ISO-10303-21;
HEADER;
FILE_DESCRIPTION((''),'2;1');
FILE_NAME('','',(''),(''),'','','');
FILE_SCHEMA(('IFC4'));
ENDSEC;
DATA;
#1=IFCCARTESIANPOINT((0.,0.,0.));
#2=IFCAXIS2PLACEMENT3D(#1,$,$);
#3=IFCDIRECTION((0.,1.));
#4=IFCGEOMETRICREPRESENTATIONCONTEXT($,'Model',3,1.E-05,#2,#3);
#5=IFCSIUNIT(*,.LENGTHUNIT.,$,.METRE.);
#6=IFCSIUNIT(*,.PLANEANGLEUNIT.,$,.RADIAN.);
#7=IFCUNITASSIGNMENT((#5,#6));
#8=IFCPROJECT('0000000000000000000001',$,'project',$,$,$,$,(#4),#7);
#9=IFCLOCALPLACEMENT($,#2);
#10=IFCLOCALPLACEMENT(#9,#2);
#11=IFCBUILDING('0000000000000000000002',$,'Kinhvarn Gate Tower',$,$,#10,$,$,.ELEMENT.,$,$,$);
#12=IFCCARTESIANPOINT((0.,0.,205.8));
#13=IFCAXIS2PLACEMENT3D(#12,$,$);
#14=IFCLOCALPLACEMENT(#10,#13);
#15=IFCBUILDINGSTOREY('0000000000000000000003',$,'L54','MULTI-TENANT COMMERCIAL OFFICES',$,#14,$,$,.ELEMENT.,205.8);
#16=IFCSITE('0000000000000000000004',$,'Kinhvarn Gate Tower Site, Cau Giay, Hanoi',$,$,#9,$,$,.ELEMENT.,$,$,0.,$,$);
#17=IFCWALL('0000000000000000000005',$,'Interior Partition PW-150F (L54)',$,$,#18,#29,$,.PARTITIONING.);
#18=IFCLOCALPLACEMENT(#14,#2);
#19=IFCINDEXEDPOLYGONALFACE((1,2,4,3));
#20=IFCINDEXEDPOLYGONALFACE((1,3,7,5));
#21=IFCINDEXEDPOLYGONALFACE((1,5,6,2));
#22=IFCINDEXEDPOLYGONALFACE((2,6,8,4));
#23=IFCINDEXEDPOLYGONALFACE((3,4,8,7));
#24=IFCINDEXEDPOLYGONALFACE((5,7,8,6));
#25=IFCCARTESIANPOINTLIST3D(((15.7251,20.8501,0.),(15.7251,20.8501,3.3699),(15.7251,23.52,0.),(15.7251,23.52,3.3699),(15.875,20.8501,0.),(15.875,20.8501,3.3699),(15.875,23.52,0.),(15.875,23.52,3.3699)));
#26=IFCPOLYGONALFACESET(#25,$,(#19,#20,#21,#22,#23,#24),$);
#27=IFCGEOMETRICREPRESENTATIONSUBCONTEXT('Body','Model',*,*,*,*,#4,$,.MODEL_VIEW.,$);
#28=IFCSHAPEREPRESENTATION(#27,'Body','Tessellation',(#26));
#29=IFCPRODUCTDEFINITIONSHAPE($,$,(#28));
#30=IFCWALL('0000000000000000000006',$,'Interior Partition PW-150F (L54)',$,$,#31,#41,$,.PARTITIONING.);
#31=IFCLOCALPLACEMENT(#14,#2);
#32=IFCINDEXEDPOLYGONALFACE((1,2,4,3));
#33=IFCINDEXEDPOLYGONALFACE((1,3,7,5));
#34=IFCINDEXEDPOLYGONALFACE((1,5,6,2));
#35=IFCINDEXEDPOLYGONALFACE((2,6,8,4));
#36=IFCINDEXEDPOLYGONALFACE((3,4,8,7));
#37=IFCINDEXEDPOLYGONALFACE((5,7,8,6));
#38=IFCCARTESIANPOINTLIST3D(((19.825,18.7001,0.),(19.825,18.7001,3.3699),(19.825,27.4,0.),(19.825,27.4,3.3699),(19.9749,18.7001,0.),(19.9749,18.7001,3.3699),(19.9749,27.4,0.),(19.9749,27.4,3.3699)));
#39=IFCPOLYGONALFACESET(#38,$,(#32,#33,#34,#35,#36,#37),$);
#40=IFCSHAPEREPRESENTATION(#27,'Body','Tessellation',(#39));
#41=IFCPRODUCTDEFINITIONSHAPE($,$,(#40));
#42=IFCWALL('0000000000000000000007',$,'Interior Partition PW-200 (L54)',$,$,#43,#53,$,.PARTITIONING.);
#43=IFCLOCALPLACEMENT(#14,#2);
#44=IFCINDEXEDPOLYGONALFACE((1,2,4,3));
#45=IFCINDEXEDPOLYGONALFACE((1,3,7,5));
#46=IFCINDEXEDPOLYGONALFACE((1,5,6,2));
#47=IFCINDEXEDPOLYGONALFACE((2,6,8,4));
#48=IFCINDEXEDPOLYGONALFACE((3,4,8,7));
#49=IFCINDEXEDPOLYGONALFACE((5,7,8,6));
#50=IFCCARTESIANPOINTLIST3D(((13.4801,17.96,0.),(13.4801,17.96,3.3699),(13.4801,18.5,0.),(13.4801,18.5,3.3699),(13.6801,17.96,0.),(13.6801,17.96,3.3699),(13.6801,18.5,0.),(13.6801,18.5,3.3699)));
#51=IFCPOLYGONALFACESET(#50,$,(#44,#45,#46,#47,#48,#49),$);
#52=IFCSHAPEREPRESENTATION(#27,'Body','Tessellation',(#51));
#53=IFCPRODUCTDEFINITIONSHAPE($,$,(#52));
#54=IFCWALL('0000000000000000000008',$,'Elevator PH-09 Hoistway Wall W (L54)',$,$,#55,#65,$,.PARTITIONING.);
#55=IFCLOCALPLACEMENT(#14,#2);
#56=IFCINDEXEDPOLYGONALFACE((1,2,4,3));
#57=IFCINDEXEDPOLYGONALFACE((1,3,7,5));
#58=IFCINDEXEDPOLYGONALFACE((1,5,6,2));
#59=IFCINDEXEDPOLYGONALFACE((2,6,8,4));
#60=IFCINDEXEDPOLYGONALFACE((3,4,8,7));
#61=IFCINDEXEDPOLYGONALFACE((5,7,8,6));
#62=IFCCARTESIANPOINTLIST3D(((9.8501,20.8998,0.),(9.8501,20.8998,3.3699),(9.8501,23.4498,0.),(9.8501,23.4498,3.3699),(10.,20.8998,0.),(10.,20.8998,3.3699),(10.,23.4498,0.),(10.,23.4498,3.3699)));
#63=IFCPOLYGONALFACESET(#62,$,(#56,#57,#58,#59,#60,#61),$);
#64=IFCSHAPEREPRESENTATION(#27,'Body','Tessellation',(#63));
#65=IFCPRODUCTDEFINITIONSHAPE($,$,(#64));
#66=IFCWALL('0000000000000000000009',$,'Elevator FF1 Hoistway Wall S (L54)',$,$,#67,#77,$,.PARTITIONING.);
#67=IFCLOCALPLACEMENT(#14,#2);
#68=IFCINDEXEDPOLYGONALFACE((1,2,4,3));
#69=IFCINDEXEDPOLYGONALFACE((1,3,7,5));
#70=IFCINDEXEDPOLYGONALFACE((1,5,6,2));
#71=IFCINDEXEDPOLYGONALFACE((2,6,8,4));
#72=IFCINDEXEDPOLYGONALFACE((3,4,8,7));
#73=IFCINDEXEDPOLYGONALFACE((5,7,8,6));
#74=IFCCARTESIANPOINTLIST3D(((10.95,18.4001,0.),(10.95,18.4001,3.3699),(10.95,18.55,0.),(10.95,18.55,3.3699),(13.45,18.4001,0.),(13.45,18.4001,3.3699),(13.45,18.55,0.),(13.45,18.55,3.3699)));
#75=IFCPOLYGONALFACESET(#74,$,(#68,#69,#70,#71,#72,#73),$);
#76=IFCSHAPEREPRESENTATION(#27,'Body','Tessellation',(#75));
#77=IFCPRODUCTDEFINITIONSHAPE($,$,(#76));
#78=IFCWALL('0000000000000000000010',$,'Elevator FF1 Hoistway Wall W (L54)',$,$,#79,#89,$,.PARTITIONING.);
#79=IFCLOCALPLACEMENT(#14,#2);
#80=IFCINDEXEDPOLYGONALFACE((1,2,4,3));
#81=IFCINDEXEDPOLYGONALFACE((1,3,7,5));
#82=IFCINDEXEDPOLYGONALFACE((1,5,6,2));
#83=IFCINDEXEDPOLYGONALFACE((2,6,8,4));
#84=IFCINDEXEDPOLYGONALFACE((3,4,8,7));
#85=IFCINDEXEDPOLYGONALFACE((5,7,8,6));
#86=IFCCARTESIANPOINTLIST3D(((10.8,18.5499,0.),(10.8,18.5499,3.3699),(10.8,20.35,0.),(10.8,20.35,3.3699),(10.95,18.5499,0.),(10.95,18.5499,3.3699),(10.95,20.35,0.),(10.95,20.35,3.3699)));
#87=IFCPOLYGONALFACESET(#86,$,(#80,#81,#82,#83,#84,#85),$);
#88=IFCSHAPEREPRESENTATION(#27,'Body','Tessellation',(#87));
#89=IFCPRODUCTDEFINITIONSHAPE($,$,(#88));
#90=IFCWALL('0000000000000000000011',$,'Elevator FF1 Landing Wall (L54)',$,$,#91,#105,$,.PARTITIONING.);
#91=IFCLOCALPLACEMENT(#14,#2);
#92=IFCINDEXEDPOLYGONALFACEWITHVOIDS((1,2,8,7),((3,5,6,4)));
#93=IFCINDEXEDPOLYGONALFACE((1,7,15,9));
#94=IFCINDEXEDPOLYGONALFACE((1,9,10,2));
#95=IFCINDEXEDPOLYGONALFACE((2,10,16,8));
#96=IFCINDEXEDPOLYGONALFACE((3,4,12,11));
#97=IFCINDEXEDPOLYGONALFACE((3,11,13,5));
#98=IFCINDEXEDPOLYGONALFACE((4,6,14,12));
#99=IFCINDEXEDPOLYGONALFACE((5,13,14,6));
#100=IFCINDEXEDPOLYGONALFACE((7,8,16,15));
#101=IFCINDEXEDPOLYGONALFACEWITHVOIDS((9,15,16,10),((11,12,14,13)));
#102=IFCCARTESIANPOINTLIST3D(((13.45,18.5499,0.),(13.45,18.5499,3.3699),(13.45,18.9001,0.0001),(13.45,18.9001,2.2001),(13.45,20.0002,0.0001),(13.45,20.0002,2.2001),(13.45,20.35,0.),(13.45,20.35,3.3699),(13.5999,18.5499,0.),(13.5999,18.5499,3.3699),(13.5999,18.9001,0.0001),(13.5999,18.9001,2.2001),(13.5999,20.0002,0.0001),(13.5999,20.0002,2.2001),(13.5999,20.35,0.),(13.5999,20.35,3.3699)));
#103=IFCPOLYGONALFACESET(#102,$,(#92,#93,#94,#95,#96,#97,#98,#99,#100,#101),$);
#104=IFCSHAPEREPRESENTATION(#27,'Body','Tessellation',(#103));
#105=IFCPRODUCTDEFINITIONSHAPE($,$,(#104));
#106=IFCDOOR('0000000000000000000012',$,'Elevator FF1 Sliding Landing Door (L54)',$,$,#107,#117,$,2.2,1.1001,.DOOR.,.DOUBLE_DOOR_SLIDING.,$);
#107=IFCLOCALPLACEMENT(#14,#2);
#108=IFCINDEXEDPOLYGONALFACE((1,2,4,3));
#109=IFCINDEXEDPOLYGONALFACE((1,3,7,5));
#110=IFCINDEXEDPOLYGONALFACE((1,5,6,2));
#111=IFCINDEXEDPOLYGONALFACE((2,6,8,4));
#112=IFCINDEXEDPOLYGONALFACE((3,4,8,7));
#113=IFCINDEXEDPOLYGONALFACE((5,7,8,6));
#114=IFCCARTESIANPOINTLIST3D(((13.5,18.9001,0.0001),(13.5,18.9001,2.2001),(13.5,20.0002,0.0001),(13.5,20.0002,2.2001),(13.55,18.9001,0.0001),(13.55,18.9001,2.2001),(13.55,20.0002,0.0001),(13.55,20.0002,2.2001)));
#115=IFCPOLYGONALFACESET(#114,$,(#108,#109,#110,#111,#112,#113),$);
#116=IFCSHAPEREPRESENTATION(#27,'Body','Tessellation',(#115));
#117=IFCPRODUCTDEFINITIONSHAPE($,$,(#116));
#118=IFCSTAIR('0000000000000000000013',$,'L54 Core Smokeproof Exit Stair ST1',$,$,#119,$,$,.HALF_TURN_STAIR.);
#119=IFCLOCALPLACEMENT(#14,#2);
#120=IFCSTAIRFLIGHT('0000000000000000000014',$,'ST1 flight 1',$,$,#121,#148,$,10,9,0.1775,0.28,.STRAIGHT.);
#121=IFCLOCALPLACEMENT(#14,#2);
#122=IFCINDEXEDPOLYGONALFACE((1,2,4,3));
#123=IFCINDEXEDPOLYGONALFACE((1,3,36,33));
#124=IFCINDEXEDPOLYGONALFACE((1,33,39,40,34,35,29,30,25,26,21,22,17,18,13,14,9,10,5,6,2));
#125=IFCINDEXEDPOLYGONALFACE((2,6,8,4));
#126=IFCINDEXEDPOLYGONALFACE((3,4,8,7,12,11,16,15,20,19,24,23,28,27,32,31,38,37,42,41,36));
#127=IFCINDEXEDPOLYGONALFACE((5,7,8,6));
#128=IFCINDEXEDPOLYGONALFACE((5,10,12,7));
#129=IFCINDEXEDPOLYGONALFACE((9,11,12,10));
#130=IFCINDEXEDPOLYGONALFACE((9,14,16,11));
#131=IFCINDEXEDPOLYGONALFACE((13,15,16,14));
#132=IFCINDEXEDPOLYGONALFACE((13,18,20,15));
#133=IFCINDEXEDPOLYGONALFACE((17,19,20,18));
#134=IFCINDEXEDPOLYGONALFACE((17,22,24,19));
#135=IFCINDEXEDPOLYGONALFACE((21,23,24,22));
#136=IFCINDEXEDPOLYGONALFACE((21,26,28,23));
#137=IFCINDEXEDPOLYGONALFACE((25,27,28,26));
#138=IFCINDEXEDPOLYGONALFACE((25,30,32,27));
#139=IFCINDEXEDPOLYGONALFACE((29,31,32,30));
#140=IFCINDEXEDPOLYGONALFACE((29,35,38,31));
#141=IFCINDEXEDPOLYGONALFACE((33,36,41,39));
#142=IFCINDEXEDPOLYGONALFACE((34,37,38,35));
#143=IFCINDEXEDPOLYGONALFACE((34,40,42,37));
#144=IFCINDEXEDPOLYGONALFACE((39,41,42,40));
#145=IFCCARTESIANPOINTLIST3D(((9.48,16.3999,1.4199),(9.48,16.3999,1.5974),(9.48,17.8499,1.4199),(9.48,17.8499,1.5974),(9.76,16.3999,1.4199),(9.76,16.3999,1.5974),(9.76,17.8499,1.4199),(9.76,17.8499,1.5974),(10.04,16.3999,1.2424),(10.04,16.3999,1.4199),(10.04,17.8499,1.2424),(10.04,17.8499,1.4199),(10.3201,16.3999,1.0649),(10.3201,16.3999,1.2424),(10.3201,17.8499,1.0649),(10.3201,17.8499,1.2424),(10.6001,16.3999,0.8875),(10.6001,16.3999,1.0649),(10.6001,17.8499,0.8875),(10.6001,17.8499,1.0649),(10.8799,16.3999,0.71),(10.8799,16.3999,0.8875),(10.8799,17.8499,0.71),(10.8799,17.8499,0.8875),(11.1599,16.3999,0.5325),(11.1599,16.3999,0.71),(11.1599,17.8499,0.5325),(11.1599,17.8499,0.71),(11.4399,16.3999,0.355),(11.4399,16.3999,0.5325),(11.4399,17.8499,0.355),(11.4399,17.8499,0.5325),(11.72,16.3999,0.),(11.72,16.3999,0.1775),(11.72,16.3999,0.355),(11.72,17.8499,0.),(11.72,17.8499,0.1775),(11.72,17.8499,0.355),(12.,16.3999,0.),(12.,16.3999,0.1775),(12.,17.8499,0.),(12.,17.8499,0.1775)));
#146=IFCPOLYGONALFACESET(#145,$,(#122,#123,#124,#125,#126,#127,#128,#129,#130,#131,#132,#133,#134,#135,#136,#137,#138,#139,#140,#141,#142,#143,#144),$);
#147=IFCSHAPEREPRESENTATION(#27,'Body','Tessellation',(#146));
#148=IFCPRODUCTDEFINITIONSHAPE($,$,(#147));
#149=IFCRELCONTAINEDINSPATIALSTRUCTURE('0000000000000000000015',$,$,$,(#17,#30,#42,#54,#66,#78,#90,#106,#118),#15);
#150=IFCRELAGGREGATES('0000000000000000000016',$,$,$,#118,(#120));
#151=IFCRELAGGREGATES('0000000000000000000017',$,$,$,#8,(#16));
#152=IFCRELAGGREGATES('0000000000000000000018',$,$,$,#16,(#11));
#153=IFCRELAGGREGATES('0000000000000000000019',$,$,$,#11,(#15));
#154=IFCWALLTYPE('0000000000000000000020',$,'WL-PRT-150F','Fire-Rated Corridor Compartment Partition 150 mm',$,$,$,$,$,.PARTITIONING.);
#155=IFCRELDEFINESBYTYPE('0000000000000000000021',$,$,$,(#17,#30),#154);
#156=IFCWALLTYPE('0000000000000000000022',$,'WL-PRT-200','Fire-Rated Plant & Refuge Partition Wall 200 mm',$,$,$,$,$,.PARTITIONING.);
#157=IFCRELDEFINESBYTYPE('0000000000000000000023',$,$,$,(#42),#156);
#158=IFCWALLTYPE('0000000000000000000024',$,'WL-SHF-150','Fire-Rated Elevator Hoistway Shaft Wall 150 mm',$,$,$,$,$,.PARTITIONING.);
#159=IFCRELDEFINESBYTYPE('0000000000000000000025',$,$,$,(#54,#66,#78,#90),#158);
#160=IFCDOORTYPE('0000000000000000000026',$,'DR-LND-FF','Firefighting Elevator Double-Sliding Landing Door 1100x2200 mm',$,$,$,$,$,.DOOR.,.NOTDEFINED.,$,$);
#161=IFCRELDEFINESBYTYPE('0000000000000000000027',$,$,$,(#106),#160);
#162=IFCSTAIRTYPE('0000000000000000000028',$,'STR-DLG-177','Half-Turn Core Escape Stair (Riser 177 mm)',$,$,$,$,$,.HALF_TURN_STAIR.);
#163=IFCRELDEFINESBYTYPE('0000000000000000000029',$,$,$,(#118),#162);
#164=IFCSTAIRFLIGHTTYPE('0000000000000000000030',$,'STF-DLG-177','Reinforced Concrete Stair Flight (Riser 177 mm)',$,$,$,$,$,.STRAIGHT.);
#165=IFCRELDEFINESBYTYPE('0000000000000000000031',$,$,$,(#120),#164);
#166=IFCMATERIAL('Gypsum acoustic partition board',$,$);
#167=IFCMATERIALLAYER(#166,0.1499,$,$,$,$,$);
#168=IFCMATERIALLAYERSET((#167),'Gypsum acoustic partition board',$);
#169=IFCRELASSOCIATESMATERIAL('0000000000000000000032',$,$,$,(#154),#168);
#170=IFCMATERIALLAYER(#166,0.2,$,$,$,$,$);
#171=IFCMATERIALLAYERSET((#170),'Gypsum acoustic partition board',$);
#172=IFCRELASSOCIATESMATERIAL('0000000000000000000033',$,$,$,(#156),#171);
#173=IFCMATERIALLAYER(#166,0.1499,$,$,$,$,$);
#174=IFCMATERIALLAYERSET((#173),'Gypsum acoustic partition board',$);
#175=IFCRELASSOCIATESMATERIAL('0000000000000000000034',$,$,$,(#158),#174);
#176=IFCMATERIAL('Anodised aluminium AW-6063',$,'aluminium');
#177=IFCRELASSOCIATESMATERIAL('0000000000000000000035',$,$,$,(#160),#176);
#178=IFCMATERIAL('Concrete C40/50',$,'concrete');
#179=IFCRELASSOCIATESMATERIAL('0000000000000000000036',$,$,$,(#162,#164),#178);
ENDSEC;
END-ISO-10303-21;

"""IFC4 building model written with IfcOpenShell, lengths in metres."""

from ifc_helpers import new_model, si_unit, direction, frame, frame_2d, origin, place, context, subcontext, project, spatial, polyline, rectangle, outline, extrude, material, layer, layer_set, type_object, element, fill, aggregate, save


model = new_model("IFC4")

# Units and contexts
model_context = context("Model", 3, precision=1e-05, world=origin(), true_north=direction((0.0, 1.0)))
body_context = subcontext(model_context, "Body", "Model", "MODEL_VIEW")
ifc_project = project(units=[si_unit("LENGTHUNIT", "METRE"), si_unit("PLANEANGLEUNIT", "RADIAN")], contexts=[model_context])

# Site, building, storey
site_placement = place(None, origin())
site = spatial("IfcSite", under=ifc_project, at=site_placement, Name="Kinhvarn Gate Tower Site, Cau Giay, Hanoi", CompositionType="ELEMENT", RefElevation=0.0)
building_placement = place(site_placement, origin())
building = spatial("IfcBuilding", under=site, at=building_placement, Name="Kinhvarn Gate Tower", CompositionType="ELEMENT")
storey_placement = place(building_placement, frame((0.0, 0.0, 205.8)))
storey = spatial("IfcBuildingStorey", under=building, at=storey_placement, Name="L54", Description="MULTI-TENANT COMMERCIAL OFFICES", CompositionType="ELEMENT", Elevation=205.8)

# Shared definitions
ifc_material_1 = material(Name="Anodised aluminium AW-6063", Category="aluminium")

# Shared definitions
ifc_material_2 = material(Name="Gypsum acoustic partition board")

# Walls
ifc_layer_1 = layer(ifc_material_2, 0.1499)
ifc_layer_set_1 = layer_set([ifc_layer_1], Name="Gypsum acoustic partition board")
wall_type_1 = type_object("IfcWallType", Name="WL-PRT-150F", Description="Fire-Rated Corridor Compartment Partition 150 mm", PredefinedType="PARTITIONING", material=ifc_layer_set_1)
wall_1_placement = place(storey_placement, frame((15.8, 20.8501, 0.0), z_axis=(0.0, 0.0, 1.0), x_axis=(0.0, 1.0, 0.0)))
element("IfcWall", 1, at=wall_1_placement, inside=storey, type_object=wall_type_1, Name="Interior Partition PW-150F (L54)", PredefinedType="PARTITIONING", context=body_context, shape_type="SweptSolid", body=[
    extrude(rectangle(XDim=2.6699, YDim=0.1499, at=frame_2d((1.335, 0.0))), origin(), (0.0, 0.0, 1.0), 3.3699),
])
wall_2_placement = place(storey_placement, frame((19.8999, 18.7, 0.0), z_axis=(0.0, 0.0, 1.0), x_axis=(0.0, 1.0, 0.0)))
element("IfcWall", 2, at=wall_2_placement, inside=storey, type_object=wall_type_1, Name="Interior Partition PW-150F (L54)", PredefinedType="PARTITIONING", context=body_context, shape_type="SweptSolid", body=[
    extrude(rectangle(XDim=8.7, YDim=0.1499, at=frame_2d((4.3501, 0.0))), origin(), (0.0, 0.0, 1.0), 3.3699),
])
ifc_layer_2 = layer(ifc_material_2, 0.2)
ifc_layer_set_2 = layer_set([ifc_layer_2], Name="Gypsum acoustic partition board")
wall_type_2 = type_object("IfcWallType", Name="WL-PRT-200", Description="Fire-Rated Plant & Refuge Partition Wall 200 mm", PredefinedType="PARTITIONING", material=ifc_layer_set_2)
wall_3_placement = place(storey_placement, frame((13.5801, 17.96, 0.0), z_axis=(0.0, 0.0, 1.0), x_axis=(0.0, 1.0, 0.0)))
element("IfcWall", 3, at=wall_3_placement, inside=storey, type_object=wall_type_2, Name="Interior Partition PW-200 (L54)", PredefinedType="PARTITIONING", context=body_context, shape_type="SweptSolid", body=[
    extrude(rectangle(XDim=0.54, YDim=0.2, at=frame_2d((0.27, 0.0))), origin(), (0.0, 0.0, 1.0), 3.3699),
])
ifc_layer_3 = layer(ifc_material_2, 0.1499)
ifc_layer_set_3 = layer_set([ifc_layer_3], Name="Gypsum acoustic partition board")
wall_type_3 = type_object("IfcWallType", Name="WL-SHF-150", Description="Fire-Rated Elevator Hoistway Shaft Wall 150 mm", PredefinedType="PARTITIONING", material=ifc_layer_set_3)
wall_4_placement = place(storey_placement, frame((9.925, 20.8999, 0.0), z_axis=(0.0, 0.0, 1.0), x_axis=(0.0, 1.0, 0.0)))
element("IfcWall", 4, at=wall_4_placement, inside=storey, type_object=wall_type_3, Name="Elevator PH-09 Hoistway Wall W (L54)", PredefinedType="PARTITIONING", context=body_context, shape_type="SweptSolid", body=[
    extrude(rectangle(XDim=2.55, YDim=0.1499, at=frame_2d((1.2749, 0.0))), origin(), (0.0, 0.0, 1.0), 3.3699),
])
wall_5_placement = place(storey_placement, frame((10.95, 18.4751, 0.0), z_axis=(0.0, 0.0, 1.0), x_axis=(1.0, 0.0, 0.0)))
element("IfcWall", 5, at=wall_5_placement, inside=storey, type_object=wall_type_3, Name="Elevator FF1 Hoistway Wall S (L54)", PredefinedType="PARTITIONING", context=body_context, shape_type="SweptSolid", body=[
    extrude(rectangle(XDim=2.5, YDim=0.1499, at=frame_2d((1.25, 0.0))), origin(), (0.0, 0.0, 1.0), 3.3699),
])
wall_6_placement = place(storey_placement, frame((10.875, 18.55, 0.0), z_axis=(0.0, 0.0, 1.0), x_axis=(0.0, 1.0, 0.0)))
element("IfcWall", 6, at=wall_6_placement, inside=storey, type_object=wall_type_3, Name="Elevator FF1 Hoistway Wall W (L54)", PredefinedType="PARTITIONING", context=body_context, shape_type="SweptSolid", body=[
    extrude(rectangle(XDim=1.8, YDim=0.1499, at=frame_2d((0.8999, 0.0))), origin(), (0.0, 0.0, 1.0), 3.3699),
])

# Wall, opening, door
wall_7_placement = place(storey_placement, frame((13.5249, 18.55, 0.0), z_axis=(0.0, 0.0, 1.0), x_axis=(0.0, 1.0, 0.0)))
wall_7 = element("IfcWall", 7, at=wall_7_placement, inside=storey, type_object=wall_type_3, Name="Elevator FF1 Landing Wall (L54)", PredefinedType="PARTITIONING", context=body_context, shape_type="SweptSolid", body=[
    extrude(rectangle(XDim=1.8, YDim=0.1499, at=frame_2d((0.8999, 0.0))), origin(), (0.0, 0.0, 1.0), 3.3699),
])
opening_1_placement = place(wall_7_placement, frame((0.3501, 0.0, 0.0)))
opening_1 = element("IfcOpeningElement", 8, at=opening_1_placement, cuts=wall_7, PredefinedType="OPENING", context=body_context, shape_type="SweptSolid", body=[
    extrude(rectangle(XDim=1.1001, YDim=2.2, at=frame_2d((0.55, 1.1001))), frame((0.0, 0.085, 0.0), z_axis=(0.0, -1.0, 0.0), x_axis=(1.0, 0.0, 0.0)), (0.0, 0.0, 1.0), 0.1699),
])
door_type_1 = type_object("IfcDoorType", Name="DR-LND-FF", Description="Firefighting Elevator Double-Sliding Landing Door 1100x2200 mm", OperationType="NOTDEFINED", PredefinedType="DOOR", material=ifc_material_1)
door_1_placement = place(opening_1_placement, origin())
door_1 = element("IfcDoor", 9, at=door_1_placement, inside=storey, type_object=door_type_1, Name="Elevator FF1 Sliding Landing Door (L54)", OperationType="DOUBLE_DOOR_SLIDING", OverallHeight=2.2, OverallWidth=1.1001, PredefinedType="DOOR", context=body_context, shape_type="SweptSolid", body=[
    extrude(rectangle(XDim=1.1001, YDim=2.2, at=frame_2d((0.55, 1.1001))), frame((0.0, 0.0249, 0.0), z_axis=(0.0, -1.0, 0.0), x_axis=(1.0, 0.0, 0.0)), (0.0, 0.0, 1.0), 0.05),
])
fill(opening_1, door_1)
ifc_material_3 = material(Name="Concrete C40/50", Category="concrete")

# Stair, stair flight
stair_type = type_object("IfcStairType", Name="STR-DLG-177", Description="Half-Turn Core Escape Stair (Riser 177 mm)", PredefinedType="HALF_TURN_STAIR", material=ifc_material_3)
stair_placement = place(storey_placement, origin())
stair = element("IfcStair", 10, at=stair_placement, inside=storey, type_object=stair_type, Name="L54 Core Smokeproof Exit Stair ST1", PredefinedType="HALF_TURN_STAIR")
stair_flight_type = type_object("IfcStairFlightType", Name="STF-DLG-177", Description="Reinforced Concrete Stair Flight (Riser 177 mm)", PredefinedType="STRAIGHT", material=ifc_material_3)
stair_flight_placement = place(storey_placement, frame((12.0, 17.125, 0.0), z_axis=(0.0, 0.0, 1.0), x_axis=(-1.0, 0.0, 0.0)))
stair_flight = element("IfcStairFlight", 11, at=stair_flight_placement, type_object=stair_flight_type, Name="ST1 flight 1", NumberOfRisers=10, NumberOfTreads=9, PredefinedType="STRAIGHT", RiserHeight=0.1775, TreadLength=0.28, context=body_context, shape_type="SweptSolid", body=[
    extrude(outline(polyline([(0.0, 0.0), (0.0, 0.1775), (0.28, 0.1775), (0.28, 0.355), (0.5601, 0.355), (0.5601, 0.5325), (0.8401, 0.5325), (0.8401, 0.71), (1.1201, 0.71), (1.1201, 0.8875), (1.3999, 0.8875), (1.3999, 1.0649), (1.6799, 1.0649), (1.6799, 1.2424), (1.96, 1.2424), (1.96, 1.4199), (2.24, 1.4199), (2.24, 1.5974), (2.52, 1.5974), (2.52, 1.7749), (2.52, 1.4199), (0.28, 0.0), (0.0, 0.0)])), frame((0.0, 0.7251, 0.0), z_axis=(0.0, -1.0, 0.0), x_axis=(1.0, 0.0, 0.0)), (0.0, 0.0, 1.0), 1.45),
])
aggregate(stair, [stair_flight])

save(model, "model.ifc")
